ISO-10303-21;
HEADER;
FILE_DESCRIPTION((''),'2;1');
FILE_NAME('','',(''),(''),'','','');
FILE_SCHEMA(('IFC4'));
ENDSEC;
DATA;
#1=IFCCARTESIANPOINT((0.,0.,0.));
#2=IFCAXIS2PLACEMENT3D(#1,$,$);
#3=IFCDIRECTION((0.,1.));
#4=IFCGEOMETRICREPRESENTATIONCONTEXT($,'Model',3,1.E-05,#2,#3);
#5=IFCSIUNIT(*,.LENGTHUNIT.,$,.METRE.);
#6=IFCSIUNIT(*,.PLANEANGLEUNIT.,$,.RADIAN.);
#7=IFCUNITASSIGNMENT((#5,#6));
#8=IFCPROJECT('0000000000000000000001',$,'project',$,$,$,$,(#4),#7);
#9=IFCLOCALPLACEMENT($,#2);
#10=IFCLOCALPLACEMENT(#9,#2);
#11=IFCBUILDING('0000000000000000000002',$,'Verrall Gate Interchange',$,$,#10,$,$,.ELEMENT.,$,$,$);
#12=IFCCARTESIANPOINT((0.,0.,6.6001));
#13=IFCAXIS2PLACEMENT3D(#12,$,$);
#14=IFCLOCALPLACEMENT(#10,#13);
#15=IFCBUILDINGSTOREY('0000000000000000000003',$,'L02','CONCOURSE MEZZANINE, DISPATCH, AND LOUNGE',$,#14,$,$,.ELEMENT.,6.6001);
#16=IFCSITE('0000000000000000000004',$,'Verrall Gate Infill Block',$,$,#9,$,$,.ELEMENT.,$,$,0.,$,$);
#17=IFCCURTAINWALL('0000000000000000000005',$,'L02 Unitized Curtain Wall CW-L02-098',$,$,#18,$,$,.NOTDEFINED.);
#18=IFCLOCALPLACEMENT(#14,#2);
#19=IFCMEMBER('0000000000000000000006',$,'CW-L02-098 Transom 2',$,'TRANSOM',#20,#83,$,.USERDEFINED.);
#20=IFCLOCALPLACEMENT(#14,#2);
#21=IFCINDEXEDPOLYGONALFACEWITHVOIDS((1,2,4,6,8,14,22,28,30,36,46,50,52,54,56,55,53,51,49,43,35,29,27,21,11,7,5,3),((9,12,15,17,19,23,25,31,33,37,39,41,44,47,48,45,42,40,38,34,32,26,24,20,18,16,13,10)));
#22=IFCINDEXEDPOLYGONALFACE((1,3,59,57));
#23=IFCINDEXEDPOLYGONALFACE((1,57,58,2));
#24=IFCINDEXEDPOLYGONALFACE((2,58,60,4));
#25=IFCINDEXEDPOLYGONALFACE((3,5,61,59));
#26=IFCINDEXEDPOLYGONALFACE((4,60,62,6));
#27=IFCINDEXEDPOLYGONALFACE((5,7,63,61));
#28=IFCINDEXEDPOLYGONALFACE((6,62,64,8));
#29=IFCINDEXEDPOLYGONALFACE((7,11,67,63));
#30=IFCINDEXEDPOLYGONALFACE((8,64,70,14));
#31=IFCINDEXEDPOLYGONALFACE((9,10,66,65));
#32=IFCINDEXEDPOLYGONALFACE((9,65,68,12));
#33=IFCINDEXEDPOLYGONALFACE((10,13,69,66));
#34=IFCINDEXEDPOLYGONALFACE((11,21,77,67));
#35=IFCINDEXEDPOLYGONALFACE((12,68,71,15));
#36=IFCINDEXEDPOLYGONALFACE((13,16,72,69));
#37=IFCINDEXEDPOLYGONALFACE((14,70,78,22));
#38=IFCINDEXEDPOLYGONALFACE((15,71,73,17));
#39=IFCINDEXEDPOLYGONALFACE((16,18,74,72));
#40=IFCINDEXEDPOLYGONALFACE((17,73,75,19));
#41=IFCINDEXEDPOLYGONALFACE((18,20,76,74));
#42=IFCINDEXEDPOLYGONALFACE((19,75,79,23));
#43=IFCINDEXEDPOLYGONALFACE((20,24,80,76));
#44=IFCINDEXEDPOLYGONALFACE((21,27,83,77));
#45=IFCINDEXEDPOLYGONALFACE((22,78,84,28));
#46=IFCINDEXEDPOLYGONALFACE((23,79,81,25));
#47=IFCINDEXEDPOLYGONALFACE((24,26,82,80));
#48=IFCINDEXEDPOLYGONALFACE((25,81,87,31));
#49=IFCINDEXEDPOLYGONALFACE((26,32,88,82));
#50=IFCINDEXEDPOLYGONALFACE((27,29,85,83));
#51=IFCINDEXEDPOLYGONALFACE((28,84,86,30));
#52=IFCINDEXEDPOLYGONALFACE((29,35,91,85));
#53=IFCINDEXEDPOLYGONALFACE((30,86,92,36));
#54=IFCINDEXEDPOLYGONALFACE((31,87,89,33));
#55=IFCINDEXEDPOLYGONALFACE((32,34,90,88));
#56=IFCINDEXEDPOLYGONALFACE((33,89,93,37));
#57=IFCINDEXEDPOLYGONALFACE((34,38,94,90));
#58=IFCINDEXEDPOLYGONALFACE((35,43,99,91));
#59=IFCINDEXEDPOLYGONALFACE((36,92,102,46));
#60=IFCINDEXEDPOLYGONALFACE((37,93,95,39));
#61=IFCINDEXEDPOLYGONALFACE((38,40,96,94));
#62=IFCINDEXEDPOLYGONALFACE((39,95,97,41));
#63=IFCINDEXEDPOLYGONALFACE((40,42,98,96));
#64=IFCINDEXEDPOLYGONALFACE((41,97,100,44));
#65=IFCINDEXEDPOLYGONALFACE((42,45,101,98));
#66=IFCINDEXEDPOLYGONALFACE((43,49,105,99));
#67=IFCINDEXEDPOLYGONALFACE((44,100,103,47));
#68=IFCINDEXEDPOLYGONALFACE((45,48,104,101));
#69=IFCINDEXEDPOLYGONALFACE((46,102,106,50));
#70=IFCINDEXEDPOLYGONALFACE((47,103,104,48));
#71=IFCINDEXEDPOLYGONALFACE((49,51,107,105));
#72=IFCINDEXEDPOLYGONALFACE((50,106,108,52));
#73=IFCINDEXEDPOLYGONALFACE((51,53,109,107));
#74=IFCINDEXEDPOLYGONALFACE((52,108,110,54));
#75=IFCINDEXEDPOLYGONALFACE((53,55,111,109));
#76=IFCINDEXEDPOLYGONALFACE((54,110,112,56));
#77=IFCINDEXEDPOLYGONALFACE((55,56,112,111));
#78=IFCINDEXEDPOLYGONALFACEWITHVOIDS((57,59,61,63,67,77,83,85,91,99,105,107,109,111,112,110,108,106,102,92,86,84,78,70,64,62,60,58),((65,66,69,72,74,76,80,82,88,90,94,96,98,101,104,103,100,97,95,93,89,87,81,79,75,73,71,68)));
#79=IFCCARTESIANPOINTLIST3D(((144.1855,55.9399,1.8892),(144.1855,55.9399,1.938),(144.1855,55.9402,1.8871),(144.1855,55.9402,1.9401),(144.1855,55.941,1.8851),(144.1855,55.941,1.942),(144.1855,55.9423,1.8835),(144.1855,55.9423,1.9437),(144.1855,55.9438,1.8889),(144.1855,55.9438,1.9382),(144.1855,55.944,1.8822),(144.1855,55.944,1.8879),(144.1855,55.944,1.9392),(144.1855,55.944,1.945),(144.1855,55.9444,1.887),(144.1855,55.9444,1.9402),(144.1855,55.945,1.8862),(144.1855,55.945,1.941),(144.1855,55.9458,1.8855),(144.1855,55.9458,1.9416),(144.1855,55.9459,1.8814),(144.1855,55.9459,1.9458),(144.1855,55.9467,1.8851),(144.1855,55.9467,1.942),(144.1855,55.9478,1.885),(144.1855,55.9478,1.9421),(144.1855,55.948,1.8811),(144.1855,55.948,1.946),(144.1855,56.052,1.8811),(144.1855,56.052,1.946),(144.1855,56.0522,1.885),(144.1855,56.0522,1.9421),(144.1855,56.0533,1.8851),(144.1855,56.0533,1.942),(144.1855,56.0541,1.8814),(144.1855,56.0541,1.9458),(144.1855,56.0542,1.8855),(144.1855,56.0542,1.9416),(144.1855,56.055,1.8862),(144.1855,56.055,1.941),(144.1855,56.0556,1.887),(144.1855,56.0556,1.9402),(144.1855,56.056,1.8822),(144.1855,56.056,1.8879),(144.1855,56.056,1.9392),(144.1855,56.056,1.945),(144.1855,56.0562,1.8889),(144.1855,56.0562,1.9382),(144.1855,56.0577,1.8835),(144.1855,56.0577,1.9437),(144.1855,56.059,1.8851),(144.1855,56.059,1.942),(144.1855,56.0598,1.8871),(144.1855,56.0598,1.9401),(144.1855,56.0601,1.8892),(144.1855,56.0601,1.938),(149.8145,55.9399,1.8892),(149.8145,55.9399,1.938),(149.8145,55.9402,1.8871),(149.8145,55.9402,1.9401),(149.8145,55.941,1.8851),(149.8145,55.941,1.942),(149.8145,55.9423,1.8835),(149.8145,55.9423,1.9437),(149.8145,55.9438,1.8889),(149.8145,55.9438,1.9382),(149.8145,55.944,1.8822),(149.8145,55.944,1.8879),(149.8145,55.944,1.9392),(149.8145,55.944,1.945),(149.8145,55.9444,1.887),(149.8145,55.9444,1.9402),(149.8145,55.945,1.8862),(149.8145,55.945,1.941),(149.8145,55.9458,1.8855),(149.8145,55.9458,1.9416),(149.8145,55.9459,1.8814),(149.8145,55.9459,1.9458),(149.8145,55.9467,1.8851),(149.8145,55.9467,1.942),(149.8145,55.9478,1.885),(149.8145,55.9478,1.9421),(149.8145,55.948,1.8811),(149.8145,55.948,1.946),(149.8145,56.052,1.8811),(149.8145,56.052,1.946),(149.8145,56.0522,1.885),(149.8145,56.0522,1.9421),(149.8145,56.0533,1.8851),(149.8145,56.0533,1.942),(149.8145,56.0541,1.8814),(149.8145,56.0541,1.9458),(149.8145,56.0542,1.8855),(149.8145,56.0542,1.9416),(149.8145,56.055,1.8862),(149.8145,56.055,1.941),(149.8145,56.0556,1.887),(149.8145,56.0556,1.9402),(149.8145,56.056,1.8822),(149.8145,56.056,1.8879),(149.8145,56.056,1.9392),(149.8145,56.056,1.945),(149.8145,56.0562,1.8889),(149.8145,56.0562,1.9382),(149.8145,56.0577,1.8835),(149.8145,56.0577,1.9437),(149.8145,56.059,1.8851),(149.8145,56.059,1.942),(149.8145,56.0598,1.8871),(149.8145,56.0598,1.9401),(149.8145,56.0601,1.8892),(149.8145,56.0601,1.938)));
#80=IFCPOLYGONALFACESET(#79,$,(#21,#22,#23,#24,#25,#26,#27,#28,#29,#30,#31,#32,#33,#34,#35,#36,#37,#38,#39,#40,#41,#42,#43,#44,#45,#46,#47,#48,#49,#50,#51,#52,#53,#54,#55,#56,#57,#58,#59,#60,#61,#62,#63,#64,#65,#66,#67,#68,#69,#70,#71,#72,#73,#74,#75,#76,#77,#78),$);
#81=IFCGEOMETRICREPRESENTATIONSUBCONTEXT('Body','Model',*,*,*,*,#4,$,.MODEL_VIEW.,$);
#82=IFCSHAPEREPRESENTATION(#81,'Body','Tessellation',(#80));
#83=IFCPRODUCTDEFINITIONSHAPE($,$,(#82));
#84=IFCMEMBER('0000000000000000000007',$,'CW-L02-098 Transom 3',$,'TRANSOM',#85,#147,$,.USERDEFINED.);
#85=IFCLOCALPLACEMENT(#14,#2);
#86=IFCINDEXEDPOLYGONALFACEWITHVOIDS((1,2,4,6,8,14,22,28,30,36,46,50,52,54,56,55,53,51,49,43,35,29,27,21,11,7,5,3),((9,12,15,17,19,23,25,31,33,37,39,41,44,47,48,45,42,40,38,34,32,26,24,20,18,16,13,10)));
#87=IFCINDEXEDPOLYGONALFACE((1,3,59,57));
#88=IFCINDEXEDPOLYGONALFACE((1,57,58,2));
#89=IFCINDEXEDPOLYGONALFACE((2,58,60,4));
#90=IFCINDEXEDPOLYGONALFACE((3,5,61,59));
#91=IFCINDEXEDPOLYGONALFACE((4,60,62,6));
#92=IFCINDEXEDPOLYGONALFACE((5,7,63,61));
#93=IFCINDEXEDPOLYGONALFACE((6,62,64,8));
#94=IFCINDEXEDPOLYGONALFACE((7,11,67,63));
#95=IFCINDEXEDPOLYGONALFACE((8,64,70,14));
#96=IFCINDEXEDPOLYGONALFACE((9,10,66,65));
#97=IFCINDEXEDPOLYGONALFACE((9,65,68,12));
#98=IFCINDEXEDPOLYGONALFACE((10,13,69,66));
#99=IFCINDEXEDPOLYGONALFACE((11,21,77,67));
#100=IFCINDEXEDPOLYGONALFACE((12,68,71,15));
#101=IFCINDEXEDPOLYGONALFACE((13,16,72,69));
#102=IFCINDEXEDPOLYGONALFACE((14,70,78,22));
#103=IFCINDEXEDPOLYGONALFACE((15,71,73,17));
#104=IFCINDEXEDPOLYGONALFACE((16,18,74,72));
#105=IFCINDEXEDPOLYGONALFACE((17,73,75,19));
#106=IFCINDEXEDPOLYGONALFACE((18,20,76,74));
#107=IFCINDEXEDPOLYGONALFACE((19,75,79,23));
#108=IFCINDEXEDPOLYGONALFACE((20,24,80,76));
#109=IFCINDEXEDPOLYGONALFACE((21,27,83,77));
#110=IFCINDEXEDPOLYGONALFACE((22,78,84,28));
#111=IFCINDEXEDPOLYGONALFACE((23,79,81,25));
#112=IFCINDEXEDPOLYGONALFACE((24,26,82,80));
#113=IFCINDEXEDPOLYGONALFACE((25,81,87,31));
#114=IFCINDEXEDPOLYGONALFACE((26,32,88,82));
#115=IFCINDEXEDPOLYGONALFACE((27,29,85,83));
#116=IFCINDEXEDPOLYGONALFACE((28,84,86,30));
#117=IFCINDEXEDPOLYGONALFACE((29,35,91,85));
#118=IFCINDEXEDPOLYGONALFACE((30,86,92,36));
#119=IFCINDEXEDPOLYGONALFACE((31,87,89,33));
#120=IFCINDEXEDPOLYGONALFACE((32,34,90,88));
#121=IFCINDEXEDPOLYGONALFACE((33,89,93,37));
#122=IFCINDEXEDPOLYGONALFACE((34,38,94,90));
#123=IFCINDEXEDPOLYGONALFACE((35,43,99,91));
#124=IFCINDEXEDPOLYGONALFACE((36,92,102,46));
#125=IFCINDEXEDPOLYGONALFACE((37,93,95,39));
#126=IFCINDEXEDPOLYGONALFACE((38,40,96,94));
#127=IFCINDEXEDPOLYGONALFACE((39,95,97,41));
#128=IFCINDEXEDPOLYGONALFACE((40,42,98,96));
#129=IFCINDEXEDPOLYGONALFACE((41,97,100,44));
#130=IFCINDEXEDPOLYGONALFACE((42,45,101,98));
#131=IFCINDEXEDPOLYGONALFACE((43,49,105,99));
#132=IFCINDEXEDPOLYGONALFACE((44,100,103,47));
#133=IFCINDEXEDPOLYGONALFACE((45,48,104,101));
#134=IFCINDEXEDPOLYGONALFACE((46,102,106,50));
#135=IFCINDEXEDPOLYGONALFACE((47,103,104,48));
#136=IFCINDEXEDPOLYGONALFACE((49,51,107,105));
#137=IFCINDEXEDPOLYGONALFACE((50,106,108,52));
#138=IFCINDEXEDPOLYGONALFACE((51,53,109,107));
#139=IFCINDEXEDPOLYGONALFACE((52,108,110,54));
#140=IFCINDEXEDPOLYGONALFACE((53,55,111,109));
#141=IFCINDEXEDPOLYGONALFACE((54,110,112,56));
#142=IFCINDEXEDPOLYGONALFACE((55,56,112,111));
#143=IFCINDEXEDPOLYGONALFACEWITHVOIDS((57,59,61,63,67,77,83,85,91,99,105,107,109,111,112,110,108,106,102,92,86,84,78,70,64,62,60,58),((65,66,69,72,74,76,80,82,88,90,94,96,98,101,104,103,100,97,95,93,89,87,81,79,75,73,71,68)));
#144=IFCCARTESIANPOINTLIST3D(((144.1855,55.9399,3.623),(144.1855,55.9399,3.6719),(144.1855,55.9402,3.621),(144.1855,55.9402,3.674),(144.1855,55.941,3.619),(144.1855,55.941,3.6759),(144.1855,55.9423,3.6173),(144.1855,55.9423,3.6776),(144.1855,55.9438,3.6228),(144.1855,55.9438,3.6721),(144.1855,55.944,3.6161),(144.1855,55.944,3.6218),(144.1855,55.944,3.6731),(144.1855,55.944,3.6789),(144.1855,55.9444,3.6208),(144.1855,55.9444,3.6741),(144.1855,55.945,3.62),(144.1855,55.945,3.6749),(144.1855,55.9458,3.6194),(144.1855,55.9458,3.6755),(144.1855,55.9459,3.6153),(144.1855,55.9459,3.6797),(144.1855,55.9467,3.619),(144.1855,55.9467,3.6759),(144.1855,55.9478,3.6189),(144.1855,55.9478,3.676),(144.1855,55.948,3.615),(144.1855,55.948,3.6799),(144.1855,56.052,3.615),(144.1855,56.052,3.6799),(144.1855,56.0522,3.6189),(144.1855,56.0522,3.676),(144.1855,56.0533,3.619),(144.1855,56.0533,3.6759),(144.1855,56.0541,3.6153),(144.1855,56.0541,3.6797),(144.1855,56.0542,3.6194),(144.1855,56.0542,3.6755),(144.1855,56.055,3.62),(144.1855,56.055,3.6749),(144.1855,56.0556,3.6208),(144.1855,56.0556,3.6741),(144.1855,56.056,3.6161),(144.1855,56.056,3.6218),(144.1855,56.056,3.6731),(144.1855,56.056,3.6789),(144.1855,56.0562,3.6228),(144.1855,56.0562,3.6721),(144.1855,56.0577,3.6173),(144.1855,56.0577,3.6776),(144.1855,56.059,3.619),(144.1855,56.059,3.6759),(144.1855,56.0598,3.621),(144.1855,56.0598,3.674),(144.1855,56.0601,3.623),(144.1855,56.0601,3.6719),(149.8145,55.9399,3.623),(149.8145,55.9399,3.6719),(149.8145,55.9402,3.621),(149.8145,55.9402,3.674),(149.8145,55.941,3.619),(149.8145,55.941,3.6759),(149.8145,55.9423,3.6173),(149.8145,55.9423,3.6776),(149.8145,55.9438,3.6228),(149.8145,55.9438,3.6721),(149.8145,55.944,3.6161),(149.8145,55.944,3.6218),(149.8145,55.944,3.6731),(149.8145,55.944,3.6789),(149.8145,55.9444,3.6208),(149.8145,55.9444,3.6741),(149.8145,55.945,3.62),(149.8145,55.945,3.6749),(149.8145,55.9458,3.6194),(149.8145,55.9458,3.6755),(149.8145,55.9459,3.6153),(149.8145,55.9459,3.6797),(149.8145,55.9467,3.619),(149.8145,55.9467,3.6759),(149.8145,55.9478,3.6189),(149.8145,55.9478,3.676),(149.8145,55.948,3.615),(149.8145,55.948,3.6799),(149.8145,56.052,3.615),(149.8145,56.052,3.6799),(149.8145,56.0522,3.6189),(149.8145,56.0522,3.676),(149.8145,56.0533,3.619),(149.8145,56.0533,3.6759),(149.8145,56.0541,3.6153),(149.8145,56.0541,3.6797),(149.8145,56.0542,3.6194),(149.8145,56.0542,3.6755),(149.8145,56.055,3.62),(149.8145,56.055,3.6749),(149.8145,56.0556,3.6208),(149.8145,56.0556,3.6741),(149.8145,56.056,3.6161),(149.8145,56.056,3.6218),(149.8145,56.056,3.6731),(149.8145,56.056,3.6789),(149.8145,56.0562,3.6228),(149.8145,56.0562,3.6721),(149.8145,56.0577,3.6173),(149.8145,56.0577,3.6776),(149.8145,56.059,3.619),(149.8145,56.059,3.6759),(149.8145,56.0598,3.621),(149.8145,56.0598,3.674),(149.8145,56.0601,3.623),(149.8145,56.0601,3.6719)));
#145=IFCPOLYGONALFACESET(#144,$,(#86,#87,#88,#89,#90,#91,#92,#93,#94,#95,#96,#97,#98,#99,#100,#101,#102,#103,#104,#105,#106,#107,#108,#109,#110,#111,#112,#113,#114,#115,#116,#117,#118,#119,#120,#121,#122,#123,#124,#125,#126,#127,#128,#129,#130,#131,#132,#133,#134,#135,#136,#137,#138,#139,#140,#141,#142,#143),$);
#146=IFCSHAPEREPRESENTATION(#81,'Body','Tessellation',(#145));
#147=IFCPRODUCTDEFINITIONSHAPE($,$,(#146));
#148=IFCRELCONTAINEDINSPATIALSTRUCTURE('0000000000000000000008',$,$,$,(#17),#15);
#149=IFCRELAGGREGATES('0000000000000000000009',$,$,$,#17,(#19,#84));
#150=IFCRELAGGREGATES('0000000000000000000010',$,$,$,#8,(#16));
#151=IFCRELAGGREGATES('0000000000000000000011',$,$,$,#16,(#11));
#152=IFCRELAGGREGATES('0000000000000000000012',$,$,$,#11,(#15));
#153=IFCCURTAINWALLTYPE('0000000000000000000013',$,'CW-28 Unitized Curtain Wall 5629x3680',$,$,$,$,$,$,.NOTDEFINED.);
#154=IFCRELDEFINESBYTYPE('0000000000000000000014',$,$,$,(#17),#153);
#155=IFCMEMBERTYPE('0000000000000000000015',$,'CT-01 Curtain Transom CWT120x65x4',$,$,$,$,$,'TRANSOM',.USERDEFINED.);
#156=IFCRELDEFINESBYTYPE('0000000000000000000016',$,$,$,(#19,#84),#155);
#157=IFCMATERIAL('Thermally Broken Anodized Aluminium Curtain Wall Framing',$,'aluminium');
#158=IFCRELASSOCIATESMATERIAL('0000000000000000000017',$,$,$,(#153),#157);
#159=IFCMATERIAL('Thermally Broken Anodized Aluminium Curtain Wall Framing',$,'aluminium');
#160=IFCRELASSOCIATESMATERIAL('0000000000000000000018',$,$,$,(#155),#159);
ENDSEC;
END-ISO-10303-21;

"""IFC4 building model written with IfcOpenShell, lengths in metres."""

from ifc_helpers import new_model, si_unit, direction, frame, origin, origin_2d, place, context, subcontext, project, spatial, hollow_rectangle, extrude, material, material_profile, profile_set, type_object, element, aggregate, save


model = new_model("IFC4")

# Units and contexts
model_context = context("Model", 3, precision=1e-05, world=origin(), true_north=direction((0.0, 1.0)))
body_context = subcontext(model_context, "Body", "Model", "MODEL_VIEW")
ifc_project = project(units=[si_unit("LENGTHUNIT", "METRE"), si_unit("PLANEANGLEUNIT", "RADIAN")], contexts=[model_context])

# Site, building, storey
site_placement = place(None, origin())
site = spatial("IfcSite", under=ifc_project, at=site_placement, Name="Verrall Gate Infill Block", CompositionType="ELEMENT", RefElevation=0.0)
building_placement = place(site_placement, origin())
building = spatial("IfcBuilding", under=site, at=building_placement, Name="Verrall Gate Interchange", CompositionType="ELEMENT")
storey_placement = place(building_placement, frame((0.0, 0.0, 6.6001)))
storey = spatial("IfcBuildingStorey", under=building, at=storey_placement, Name="L02", Description="CONCOURSE MEZZANINE, DISPATCH, AND LOUNGE", CompositionType="ELEMENT", Elevation=6.6001)

# Curtain wall
ifc_material_1 = material(Name="Thermally Broken Anodized Aluminium Curtain Wall Framing", Category="aluminium")
curtain_wall_type = type_object("IfcCurtainWallType", Name="CW-28 Unitized Curtain Wall 5629x3680", PredefinedType="NOTDEFINED", material=ifc_material_1)
curtain_wall_1_placement = place(storey_placement, origin())
curtain_wall_1 = element("IfcCurtainWall", 1, at=curtain_wall_1_placement, inside=storey, type_object=curtain_wall_type, Name="L02 Unitized Curtain Wall CW-L02-098", PredefinedType="NOTDEFINED")

# Members
ifc_material_2 = material(Name="Thermally Broken Anodized Aluminium Curtain Wall Framing", Category="aluminium")
ifc_material_profile_1 = material_profile(ifc_material_2, hollow_rectangle(XDim=0.1201, YDim=0.0649, WallThickness=0.0039, InnerFilletRadius=0.0039, OuterFilletRadius=0.0081, at=origin_2d()), Name="CWT120x65x4")
ifc_profile_set_1 = profile_set([ifc_material_profile_1], Name="Thermally Broken Anodized Aluminium Curtain Wall Framing")
member_type_1 = type_object("IfcMemberType", Name="CT-01 Curtain Transom CWT120x65x4", ElementType="TRANSOM", PredefinedType="USERDEFINED", material=ifc_profile_set_1)
member_1_placement = place(storey_placement, frame((149.8145, 56.0, 1.9136), z_axis=(-1.0, 0.0, 0.0), x_axis=(0.0, -1.0, 0.0)))
member_1 = element("IfcMember", 2, at=member_1_placement, type_object=member_type_1, Name="CW-L02-098 Transom 2", ObjectType="TRANSOM", PredefinedType="USERDEFINED", context=body_context, shape_type="SweptSolid", body=[
    extrude(hollow_rectangle(XDim=0.1201, YDim=0.0649, WallThickness=0.0039, InnerFilletRadius=0.0039, OuterFilletRadius=0.0081, at=origin_2d()), origin(), (0.0, 0.0, 1.0), 5.6289),
])
member_2_placement = place(storey_placement, frame((149.8145, 56.0, 3.6475), z_axis=(-1.0, 0.0, 0.0), x_axis=(0.0, -1.0, 0.0)))
member_2 = element("IfcMember", 3, at=member_2_placement, type_object=member_type_1, Name="CW-L02-098 Transom 3", ObjectType="TRANSOM", PredefinedType="USERDEFINED", context=body_context, shape_type="SweptSolid", body=[
    extrude(hollow_rectangle(XDim=0.1201, YDim=0.0649, WallThickness=0.0039, InnerFilletRadius=0.0039, OuterFilletRadius=0.0081, at=origin_2d()), origin(), (0.0, 0.0, 1.0), 5.6289),
])

aggregate(curtain_wall_1, [member_1, member_2])

save(model, "model.ifc")
